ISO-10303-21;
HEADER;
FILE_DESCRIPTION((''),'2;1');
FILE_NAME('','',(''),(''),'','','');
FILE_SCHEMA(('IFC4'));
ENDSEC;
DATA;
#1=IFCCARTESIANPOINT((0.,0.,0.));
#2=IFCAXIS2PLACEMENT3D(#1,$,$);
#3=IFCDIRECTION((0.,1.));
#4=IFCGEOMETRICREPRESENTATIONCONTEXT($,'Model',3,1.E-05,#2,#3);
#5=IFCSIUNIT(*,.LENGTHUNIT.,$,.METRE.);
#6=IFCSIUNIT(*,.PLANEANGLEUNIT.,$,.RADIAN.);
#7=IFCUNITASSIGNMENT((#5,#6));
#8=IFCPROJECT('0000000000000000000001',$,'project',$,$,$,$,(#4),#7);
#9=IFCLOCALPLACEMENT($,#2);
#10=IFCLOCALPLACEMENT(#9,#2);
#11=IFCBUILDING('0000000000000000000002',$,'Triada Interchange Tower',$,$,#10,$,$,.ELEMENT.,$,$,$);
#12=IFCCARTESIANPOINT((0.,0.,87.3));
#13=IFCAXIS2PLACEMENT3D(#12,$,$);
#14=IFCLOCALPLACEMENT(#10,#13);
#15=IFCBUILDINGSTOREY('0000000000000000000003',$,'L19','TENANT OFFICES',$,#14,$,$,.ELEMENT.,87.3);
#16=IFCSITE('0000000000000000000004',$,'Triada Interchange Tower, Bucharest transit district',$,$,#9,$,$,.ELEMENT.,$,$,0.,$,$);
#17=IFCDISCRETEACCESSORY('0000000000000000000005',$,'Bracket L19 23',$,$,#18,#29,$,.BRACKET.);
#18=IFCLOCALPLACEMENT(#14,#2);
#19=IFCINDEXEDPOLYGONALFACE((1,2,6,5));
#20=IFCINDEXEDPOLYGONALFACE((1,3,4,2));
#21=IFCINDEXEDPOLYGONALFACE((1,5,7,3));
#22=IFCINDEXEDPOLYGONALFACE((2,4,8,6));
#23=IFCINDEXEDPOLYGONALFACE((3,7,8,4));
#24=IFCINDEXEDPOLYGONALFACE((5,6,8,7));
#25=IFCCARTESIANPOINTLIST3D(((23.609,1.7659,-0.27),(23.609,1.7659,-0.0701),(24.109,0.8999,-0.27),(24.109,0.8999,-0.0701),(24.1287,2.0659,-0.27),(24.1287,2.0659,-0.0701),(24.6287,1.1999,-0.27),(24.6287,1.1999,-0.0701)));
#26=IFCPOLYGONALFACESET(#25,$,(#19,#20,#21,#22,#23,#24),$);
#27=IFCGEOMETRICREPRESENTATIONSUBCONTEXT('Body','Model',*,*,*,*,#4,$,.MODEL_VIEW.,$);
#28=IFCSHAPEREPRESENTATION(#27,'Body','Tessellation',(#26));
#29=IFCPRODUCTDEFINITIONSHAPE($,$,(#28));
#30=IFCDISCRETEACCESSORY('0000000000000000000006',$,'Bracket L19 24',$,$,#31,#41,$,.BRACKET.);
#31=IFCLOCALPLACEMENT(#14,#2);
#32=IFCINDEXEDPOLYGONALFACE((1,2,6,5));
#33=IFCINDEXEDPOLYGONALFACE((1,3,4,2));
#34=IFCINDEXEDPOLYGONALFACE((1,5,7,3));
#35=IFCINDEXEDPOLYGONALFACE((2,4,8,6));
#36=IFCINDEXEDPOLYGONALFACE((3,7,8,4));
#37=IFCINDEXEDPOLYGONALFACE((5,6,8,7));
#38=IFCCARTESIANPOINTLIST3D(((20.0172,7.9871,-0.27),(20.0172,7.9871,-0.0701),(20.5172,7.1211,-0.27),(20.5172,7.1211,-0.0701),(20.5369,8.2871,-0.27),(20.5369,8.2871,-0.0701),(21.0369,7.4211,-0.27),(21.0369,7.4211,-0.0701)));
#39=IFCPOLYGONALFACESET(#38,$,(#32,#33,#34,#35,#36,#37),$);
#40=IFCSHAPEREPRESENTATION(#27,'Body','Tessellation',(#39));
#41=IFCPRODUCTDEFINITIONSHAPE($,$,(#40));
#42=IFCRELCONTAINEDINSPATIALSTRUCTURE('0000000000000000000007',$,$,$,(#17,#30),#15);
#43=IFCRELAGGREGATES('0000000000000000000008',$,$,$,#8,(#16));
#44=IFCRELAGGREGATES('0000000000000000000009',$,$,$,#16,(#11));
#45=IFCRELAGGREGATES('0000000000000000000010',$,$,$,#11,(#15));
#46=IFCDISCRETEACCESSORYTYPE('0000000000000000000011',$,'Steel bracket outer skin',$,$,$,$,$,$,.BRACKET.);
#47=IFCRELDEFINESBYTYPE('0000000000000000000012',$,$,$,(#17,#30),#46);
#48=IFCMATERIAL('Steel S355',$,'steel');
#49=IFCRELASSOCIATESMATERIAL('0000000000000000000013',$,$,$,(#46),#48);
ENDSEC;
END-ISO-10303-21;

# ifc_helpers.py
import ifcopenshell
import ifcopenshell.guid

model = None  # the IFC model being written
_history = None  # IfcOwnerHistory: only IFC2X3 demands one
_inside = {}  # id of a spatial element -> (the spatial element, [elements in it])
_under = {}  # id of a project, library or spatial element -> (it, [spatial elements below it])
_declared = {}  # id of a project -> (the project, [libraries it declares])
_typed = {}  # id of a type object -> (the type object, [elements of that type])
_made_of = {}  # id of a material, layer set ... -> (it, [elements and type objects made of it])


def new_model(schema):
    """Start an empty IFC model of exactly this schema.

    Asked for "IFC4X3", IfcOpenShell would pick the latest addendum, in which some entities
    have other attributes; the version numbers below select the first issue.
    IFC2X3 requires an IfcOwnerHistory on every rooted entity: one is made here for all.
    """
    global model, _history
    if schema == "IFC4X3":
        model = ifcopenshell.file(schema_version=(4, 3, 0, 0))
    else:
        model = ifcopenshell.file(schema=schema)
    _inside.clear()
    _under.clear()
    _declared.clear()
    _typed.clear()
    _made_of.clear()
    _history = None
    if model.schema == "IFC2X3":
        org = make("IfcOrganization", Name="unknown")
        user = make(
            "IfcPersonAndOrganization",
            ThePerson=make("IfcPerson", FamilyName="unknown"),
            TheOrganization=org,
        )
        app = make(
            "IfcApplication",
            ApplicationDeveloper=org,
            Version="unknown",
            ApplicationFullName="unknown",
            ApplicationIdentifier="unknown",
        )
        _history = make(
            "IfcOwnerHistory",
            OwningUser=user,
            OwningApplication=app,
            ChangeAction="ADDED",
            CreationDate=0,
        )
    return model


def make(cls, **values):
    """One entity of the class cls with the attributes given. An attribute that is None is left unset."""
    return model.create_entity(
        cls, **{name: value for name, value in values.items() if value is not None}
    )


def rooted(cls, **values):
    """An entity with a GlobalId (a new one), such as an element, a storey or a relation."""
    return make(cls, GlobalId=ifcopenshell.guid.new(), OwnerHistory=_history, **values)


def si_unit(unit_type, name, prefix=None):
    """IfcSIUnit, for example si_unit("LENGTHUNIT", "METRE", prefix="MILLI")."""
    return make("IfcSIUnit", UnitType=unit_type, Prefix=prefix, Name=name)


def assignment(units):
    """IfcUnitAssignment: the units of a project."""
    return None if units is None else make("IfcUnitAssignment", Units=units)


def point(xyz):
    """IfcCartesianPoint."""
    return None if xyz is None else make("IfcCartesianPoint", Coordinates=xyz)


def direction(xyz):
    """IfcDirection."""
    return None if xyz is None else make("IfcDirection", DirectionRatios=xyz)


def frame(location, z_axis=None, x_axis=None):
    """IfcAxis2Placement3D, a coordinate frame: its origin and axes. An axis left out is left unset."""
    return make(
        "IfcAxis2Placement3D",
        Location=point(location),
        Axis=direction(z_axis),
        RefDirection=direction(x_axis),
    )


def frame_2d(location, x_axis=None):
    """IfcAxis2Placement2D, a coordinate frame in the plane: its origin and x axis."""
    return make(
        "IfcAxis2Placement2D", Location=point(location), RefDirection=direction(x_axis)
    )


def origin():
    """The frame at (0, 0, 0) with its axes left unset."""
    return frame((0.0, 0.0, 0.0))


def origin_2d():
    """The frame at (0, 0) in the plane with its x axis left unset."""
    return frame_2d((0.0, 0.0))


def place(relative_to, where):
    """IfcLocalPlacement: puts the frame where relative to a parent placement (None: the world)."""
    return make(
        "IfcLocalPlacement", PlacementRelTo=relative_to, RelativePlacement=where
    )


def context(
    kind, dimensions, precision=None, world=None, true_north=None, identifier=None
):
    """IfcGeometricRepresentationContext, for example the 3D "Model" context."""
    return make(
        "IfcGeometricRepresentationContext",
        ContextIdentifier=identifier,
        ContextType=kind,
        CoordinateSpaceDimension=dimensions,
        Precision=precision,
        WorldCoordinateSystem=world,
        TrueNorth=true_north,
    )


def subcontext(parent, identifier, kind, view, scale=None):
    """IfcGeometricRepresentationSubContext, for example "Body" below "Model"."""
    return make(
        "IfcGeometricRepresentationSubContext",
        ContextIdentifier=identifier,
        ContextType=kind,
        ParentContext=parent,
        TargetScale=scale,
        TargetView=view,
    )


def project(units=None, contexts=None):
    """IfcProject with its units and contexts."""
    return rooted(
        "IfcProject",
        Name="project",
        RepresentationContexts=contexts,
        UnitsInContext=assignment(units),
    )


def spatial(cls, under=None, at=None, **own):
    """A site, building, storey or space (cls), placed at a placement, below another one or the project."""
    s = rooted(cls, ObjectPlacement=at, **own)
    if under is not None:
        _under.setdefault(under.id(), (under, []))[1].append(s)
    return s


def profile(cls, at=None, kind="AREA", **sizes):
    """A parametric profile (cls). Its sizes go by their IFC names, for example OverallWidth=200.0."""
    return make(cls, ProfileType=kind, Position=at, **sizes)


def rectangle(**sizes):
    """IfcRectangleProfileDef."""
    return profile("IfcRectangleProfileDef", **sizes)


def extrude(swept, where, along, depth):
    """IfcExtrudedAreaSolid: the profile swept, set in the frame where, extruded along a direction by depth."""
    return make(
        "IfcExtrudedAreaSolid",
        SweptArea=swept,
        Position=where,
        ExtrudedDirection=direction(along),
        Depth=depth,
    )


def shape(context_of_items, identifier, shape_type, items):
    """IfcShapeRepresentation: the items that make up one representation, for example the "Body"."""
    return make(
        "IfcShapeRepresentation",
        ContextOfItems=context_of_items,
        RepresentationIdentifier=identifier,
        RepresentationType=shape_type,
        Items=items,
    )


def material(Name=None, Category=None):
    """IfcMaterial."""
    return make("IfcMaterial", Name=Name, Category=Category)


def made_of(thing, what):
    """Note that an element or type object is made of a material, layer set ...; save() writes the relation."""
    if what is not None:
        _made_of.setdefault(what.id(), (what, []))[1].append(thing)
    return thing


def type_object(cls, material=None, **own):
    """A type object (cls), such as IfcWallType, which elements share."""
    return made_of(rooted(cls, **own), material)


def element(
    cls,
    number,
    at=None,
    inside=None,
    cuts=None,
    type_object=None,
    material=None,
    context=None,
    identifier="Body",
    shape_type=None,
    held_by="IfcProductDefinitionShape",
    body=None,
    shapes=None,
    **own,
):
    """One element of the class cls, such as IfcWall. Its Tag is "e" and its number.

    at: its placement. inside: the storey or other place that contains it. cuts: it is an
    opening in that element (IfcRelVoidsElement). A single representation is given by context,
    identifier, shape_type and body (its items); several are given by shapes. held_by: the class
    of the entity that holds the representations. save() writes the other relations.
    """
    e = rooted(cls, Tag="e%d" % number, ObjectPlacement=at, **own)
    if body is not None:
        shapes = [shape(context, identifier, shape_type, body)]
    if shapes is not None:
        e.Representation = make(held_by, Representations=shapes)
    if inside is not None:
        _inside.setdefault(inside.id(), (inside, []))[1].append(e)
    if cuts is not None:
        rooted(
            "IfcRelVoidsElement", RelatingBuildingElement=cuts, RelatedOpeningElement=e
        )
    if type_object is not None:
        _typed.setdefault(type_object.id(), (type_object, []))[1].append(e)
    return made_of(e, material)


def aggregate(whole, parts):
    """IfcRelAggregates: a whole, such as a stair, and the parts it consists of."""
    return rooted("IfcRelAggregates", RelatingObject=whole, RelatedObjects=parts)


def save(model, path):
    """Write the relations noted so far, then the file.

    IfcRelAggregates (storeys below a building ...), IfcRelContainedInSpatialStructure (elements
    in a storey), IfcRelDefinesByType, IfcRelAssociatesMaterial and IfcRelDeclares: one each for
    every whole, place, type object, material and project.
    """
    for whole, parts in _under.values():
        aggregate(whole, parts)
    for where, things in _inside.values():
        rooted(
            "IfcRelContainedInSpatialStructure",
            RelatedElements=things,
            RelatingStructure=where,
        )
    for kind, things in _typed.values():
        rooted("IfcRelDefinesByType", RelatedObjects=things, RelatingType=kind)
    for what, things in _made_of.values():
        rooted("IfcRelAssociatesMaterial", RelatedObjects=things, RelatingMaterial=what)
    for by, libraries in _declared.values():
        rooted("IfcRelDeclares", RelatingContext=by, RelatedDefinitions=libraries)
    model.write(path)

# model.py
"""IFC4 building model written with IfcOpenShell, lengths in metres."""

from ifc_helpers import new_model, si_unit, direction, frame, origin, origin_2d, place, context, subcontext, project, spatial, rectangle, extrude, material, type_object, element, save


model = new_model("IFC4")

# Units and contexts
model_context = context("Model", 3, precision=1e-05, world=origin(), true_north=direction((0.0, 1.0)))
body_context = subcontext(model_context, "Body", "Model", "MODEL_VIEW")
ifc_project = project(units=[si_unit("LENGTHUNIT", "METRE"), si_unit("PLANEANGLEUNIT", "RADIAN")], contexts=[model_context])

# Site, building, storey
site_placement = place(None, origin())
site = spatial("IfcSite", under=ifc_project, at=site_placement, Name="Triada Interchange Tower, Bucharest transit district", CompositionType="ELEMENT", RefElevation=0.0)
building_placement = place(site_placement, origin())
building = spatial("IfcBuilding", under=site, at=building_placement, Name="Triada Interchange Tower", CompositionType="ELEMENT")
storey_placement = place(building_placement, frame((0.0, 0.0, 87.3)))
storey = spatial("IfcBuildingStorey", under=building, at=storey_placement, Name="L19", Description="TENANT OFFICES", CompositionType="ELEMENT", Elevation=87.3)

# Discrete accessories
ifc_material_1 = material(Name="Steel S355", Category="steel")
discrete_accessory_type = type_object("IfcDiscreteAccessoryType", Name="Steel bracket outer skin", PredefinedType="BRACKET", material=ifc_material_1)
for number, where, z_axis, x_axis, name in (
    (1, (24.1189, 1.4829, -0.27), (0.0, 0.0, 1.0), (0.866025, 0.5, 0.0), "Bracket L19 23"),
    (2, (20.5271, 7.7041, -0.27), (0.0, 0.0, 1.0), (0.866025, 0.5, 0.0), "Bracket L19 24"),
):
    element("IfcDiscreteAccessory", number, at=place(storey_placement, frame(where, z_axis=z_axis, x_axis=x_axis)), inside=storey, type_object=discrete_accessory_type, Name=name, PredefinedType="BRACKET", context=body_context, shape_type="SweptSolid", body=[
        extrude(rectangle(XDim=0.6001, YDim=1.0, at=origin_2d()), origin(), (0.0, 0.0, 1.0), 0.2),
    ])

save(model, "model.ifc")
